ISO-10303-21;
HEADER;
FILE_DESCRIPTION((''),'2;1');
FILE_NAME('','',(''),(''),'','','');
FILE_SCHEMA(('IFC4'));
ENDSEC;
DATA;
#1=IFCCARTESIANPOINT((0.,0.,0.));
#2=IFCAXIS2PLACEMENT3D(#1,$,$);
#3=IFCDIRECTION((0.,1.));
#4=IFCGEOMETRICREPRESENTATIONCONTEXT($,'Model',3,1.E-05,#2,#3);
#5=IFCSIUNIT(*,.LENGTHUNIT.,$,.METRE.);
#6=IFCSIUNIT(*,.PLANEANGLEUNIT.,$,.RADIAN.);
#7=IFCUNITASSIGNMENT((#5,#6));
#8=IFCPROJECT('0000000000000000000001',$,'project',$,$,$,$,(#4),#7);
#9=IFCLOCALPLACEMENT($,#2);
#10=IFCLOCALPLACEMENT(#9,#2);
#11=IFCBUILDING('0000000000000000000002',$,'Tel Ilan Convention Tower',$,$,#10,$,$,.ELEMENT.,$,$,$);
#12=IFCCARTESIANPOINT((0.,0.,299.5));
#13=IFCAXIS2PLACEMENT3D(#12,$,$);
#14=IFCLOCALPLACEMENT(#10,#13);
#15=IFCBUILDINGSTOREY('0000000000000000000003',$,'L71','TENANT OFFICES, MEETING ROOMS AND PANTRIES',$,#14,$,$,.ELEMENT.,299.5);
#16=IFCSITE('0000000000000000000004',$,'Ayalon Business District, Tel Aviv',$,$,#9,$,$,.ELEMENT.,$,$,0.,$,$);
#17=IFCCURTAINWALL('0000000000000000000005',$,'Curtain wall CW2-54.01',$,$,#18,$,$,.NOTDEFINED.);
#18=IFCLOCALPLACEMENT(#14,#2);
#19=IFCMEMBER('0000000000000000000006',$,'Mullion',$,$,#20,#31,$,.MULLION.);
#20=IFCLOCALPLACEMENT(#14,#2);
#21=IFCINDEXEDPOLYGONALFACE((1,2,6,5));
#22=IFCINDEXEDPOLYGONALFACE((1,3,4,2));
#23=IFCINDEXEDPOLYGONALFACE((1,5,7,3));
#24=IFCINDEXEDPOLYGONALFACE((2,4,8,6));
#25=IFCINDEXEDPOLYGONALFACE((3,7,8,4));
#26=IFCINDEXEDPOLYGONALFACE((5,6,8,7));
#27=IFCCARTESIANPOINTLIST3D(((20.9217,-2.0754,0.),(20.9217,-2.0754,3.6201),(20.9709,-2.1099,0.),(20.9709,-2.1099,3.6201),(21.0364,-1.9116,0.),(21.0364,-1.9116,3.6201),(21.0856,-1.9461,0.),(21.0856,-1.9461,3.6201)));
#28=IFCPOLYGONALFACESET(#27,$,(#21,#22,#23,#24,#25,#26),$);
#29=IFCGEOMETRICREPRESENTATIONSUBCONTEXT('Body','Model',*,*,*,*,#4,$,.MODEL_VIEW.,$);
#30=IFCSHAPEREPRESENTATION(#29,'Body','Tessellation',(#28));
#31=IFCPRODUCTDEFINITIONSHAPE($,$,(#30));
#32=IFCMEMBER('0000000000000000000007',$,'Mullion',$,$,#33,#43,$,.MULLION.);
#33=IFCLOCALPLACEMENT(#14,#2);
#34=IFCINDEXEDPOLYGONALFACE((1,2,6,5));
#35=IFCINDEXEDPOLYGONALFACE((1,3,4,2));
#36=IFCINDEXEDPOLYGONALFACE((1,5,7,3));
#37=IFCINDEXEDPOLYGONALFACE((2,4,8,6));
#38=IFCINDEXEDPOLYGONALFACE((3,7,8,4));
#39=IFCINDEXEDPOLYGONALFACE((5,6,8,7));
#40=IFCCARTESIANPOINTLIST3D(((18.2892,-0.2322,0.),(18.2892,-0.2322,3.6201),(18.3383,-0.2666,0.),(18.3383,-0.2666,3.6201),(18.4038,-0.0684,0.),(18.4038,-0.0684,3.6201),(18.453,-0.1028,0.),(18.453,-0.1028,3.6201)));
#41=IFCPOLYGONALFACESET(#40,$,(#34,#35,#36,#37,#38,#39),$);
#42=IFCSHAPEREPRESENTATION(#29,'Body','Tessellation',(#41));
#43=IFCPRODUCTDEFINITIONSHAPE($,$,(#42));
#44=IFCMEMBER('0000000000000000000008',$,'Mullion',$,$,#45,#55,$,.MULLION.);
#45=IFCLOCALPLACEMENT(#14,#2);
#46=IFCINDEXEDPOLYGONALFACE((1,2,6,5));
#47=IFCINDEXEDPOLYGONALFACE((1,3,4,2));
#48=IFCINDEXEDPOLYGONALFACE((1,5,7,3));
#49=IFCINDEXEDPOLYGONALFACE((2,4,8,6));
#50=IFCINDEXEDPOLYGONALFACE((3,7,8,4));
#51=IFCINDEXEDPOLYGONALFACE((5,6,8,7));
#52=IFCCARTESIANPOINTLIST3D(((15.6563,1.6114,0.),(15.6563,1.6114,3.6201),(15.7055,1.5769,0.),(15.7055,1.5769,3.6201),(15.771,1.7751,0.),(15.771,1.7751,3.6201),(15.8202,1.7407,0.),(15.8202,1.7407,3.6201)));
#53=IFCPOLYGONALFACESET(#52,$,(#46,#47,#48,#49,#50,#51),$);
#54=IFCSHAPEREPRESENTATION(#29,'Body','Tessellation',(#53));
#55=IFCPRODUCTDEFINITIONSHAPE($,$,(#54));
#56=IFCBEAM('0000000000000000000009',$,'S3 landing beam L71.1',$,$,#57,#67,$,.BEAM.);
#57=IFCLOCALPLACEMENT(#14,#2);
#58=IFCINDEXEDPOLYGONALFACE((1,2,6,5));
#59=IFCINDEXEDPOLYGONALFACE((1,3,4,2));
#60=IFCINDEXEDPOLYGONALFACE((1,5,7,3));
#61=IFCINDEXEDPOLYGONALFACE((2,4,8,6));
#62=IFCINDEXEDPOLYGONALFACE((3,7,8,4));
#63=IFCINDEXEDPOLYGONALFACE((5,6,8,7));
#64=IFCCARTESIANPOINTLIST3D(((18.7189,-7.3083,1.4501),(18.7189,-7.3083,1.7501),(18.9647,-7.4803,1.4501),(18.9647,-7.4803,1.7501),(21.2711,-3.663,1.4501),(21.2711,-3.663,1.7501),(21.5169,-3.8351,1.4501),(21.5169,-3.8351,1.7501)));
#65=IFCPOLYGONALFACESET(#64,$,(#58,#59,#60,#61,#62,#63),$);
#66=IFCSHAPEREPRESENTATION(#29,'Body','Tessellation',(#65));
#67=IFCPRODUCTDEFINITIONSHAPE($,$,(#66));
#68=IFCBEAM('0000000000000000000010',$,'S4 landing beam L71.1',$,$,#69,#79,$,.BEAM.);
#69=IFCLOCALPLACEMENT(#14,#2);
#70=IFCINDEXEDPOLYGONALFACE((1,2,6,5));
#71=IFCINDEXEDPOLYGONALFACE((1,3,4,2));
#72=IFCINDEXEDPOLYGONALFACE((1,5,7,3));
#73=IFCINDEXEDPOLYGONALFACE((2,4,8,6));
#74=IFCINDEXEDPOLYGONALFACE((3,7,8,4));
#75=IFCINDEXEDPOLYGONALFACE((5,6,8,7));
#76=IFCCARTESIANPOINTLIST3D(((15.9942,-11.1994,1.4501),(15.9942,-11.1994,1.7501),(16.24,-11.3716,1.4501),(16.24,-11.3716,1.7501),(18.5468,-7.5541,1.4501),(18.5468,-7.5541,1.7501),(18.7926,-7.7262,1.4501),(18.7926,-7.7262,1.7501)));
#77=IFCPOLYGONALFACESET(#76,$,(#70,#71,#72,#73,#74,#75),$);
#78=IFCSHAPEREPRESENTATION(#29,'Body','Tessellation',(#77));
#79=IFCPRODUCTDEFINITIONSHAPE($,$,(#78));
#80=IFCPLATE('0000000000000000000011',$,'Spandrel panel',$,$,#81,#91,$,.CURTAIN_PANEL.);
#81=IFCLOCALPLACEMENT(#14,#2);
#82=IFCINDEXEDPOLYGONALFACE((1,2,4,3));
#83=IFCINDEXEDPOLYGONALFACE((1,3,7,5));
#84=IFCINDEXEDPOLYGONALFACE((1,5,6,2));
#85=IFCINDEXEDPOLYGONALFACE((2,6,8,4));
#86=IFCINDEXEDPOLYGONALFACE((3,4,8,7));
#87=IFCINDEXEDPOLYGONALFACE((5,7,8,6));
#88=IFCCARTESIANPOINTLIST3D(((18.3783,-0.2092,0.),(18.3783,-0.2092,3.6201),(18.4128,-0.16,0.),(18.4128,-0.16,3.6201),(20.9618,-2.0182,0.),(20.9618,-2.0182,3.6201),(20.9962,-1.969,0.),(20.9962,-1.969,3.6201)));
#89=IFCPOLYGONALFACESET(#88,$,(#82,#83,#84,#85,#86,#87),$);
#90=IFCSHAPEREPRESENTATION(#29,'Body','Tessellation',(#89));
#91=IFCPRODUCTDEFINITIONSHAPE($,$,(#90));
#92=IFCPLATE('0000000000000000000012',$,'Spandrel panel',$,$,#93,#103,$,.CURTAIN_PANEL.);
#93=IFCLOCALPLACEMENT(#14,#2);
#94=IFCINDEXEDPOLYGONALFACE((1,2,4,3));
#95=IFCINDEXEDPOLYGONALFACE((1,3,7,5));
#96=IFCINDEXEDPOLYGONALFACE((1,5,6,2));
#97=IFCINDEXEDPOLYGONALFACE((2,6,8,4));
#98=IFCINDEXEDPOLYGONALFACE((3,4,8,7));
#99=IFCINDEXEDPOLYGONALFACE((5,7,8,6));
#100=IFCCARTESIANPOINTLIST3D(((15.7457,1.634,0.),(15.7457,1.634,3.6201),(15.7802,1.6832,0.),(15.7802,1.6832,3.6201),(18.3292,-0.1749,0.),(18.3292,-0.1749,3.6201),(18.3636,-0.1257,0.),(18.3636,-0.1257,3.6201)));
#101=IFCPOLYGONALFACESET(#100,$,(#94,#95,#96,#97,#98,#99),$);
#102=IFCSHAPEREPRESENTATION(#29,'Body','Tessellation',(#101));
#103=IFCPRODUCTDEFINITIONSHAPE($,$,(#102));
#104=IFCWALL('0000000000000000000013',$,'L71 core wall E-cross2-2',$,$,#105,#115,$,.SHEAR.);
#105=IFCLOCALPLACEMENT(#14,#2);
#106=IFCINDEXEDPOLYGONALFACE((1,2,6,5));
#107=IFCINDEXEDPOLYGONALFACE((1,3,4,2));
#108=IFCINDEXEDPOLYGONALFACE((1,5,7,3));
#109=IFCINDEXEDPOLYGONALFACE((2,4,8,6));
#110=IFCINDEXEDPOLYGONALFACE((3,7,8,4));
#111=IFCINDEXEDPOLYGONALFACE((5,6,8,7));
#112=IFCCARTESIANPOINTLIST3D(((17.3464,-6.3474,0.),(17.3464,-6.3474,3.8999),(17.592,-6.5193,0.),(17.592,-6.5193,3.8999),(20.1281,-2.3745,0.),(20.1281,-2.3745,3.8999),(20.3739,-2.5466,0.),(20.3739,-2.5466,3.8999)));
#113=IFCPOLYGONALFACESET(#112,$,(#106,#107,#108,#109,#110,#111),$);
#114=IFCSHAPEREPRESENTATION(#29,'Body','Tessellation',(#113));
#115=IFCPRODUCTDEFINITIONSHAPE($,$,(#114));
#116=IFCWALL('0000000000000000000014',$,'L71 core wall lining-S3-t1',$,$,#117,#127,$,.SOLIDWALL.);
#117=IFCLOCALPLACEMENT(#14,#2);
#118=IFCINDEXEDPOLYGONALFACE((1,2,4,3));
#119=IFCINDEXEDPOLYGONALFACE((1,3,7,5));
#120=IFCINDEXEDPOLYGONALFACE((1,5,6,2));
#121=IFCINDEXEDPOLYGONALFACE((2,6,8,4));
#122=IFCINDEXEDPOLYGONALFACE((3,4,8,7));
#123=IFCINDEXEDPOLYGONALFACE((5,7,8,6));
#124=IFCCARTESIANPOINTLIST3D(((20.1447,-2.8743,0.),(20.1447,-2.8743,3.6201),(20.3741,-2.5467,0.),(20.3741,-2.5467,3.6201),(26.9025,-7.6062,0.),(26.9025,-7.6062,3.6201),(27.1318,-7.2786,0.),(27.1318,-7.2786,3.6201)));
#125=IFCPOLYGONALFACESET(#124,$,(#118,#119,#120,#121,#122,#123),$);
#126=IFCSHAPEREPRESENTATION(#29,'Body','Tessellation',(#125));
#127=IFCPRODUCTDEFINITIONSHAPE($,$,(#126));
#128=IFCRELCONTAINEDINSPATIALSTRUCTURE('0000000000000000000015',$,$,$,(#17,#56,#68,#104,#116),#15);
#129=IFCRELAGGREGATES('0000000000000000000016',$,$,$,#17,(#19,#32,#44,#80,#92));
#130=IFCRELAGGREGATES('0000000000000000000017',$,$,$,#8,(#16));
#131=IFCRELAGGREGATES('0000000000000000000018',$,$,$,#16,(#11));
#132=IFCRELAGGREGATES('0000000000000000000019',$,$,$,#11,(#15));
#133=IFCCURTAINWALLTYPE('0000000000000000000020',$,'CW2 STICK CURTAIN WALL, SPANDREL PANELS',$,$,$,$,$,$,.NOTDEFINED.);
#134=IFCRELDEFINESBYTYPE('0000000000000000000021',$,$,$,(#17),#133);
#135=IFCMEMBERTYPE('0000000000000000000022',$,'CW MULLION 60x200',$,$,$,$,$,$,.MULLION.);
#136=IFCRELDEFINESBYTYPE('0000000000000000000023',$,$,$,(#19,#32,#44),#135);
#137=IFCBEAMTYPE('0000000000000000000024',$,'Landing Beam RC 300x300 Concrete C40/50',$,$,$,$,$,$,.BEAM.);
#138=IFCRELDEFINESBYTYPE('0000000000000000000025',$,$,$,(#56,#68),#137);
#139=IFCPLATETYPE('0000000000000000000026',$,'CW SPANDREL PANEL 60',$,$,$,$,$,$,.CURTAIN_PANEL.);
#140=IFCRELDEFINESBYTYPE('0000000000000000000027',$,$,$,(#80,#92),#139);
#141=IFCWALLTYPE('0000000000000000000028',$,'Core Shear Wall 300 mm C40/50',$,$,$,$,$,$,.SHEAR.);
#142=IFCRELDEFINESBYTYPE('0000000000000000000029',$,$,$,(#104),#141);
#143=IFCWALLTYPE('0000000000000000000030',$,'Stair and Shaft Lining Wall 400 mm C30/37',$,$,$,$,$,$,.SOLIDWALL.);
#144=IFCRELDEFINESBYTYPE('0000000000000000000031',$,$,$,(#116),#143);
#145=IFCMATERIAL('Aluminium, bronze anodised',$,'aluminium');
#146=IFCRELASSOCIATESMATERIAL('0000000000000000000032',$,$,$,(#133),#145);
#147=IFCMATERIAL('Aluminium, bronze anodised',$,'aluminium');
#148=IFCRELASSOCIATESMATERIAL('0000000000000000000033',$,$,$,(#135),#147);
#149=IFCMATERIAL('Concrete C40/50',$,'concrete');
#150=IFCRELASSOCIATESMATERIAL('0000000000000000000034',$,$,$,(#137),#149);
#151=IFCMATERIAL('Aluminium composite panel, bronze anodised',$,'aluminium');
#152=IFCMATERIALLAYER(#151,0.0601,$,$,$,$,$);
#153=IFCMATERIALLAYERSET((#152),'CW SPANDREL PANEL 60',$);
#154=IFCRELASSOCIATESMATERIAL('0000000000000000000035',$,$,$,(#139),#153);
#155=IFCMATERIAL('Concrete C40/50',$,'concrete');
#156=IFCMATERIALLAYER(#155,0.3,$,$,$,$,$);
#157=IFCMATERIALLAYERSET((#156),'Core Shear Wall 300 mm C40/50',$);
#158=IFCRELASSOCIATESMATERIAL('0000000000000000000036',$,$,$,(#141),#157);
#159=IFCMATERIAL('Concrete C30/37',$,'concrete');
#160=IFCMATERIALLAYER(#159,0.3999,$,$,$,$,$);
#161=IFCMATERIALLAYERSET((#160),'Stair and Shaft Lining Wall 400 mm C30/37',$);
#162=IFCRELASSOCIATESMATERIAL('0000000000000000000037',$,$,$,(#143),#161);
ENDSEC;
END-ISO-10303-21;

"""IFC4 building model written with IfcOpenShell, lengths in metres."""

from ifc_helpers import new_model, si_unit, direction, frame, frame_2d, origin, origin_2d, place, context, subcontext, project, spatial, polyline, rectangle, outline, extrude, material, layer, layer_set, material_profile, profile_set, type_object, element, aggregate, save


model = new_model("IFC4")

# Units and contexts
model_context = context("Model", 3, precision=1e-05, world=origin(), true_north=direction((0.0, 1.0)))
body_context = subcontext(model_context, "Body", "Model", "MODEL_VIEW")
ifc_project = project(units=[si_unit("LENGTHUNIT", "METRE"), si_unit("PLANEANGLEUNIT", "RADIAN")], contexts=[model_context])

# Site, building, storey
site_placement = place(None, origin())
site = spatial("IfcSite", under=ifc_project, at=site_placement, Name="Ayalon Business District, Tel Aviv", CompositionType="ELEMENT", RefElevation=0.0)
building_placement = place(site_placement, origin())
building = spatial("IfcBuilding", under=site, at=building_placement, Name="Tel Ilan Convention Tower", CompositionType="ELEMENT")
storey_placement = place(building_placement, frame((0.0, 0.0, 299.5)))
storey = spatial("IfcBuildingStorey", under=building, at=storey_placement, Name="L71", Description="TENANT OFFICES, MEETING ROOMS AND PANTRIES", CompositionType="ELEMENT", Elevation=299.5)

# Curtain wall, members
ifc_material_1 = material(Name="Aluminium, bronze anodised", Category="aluminium")
curtain_wall_type = type_object("IfcCurtainWallType", Name="CW2 STICK CURTAIN WALL, SPANDREL PANELS", PredefinedType="NOTDEFINED", material=ifc_material_1)
curtain_wall_placement = place(storey_placement, origin())
curtain_wall = element("IfcCurtainWall", 1, at=curtain_wall_placement, inside=storey, type_object=curtain_wall_type, Name="Curtain wall CW2-54.01", PredefinedType="NOTDEFINED")
ifc_material_2 = material(Name="Aluminium, bronze anodised", Category="aluminium")
ifc_material_profile_1 = material_profile(ifc_material_2, rectangle(XDim=0.0601, YDim=0.2, at=origin_2d()), Name="CW MULLION 60x200")
ifc_profile_set_1 = profile_set([ifc_material_profile_1], Name="Aluminium, bronze anodised")
member_type = type_object("IfcMemberType", Name="CW MULLION 60x200", PredefinedType="MULLION", material=ifc_profile_set_1)
member_1_placement = place(storey_placement, frame((21.0037, -2.0107, 0.0), z_axis=(0.0, 0.0, 1.0), x_axis=(-0.819152, 0.573576, 0.0)))
member_1 = element("IfcMember", 2, at=member_1_placement, type_object=member_type, Name="Mullion", PredefinedType="MULLION", context=body_context, shape_type="SweptSolid", body=[
    extrude(rectangle(XDim=0.0601, YDim=0.2, at=origin_2d()), origin(), (0.0, 0.0, 1.0), 3.6201),
])
member_2_placement = place(storey_placement, frame((18.3711, -0.1675, 0.0), z_axis=(0.0, 0.0, 1.0), x_axis=(-0.819152, 0.573576, 0.0)))
member_2 = element("IfcMember", 3, at=member_2_placement, type_object=member_type, Name="Mullion", PredefinedType="MULLION", context=body_context, shape_type="SweptSolid", body=[
    extrude(rectangle(XDim=0.0601, YDim=0.2, at=origin_2d()), origin(), (0.0, 0.0, 1.0), 3.6201),
])
member_3_placement = place(storey_placement, frame((15.7383, 1.676, 0.0), z_axis=(0.0, 0.0, 1.0), x_axis=(-0.819152, 0.573576, 0.0)))
member_3 = element("IfcMember", 4, at=member_3_placement, type_object=member_type, Name="Mullion", PredefinedType="MULLION", context=body_context, shape_type="SweptSolid", body=[
    extrude(rectangle(XDim=0.0601, YDim=0.2, at=origin_2d()), origin(), (0.0, 0.0, 1.0), 3.6201),
])

# Beams
ifc_material_3 = material(Name="Concrete C40/50", Category="concrete")
ifc_material_profile_2 = material_profile(ifc_material_3, rectangle(XDim=0.3, YDim=0.3, at=origin_2d()), Name="RC 300x300")
ifc_profile_set_2 = profile_set([ifc_material_profile_2], Name="Concrete C40/50")
beam_type = type_object("IfcBeamType", Name="Landing Beam RC 300x300 Concrete C40/50", PredefinedType="BEAM", material=ifc_profile_set_2)
beam_1_placement = place(storey_placement, frame((21.394, -3.749, 1.6001), z_axis=(-0.573547, -0.819173, 0.0), x_axis=(0.819173, -0.573547, 0.0)))
element("IfcBeam", 5, at=beam_1_placement, inside=storey, type_object=beam_type, Name="S3 landing beam L71.1", PredefinedType="BEAM", context=body_context, shape_type="SweptSolid", body=[
    extrude(rectangle(XDim=0.3, YDim=0.3, at=origin_2d()), origin(), (0.0, 0.0, 1.0), 4.45),
])
beam_2_placement = place(storey_placement, frame((18.6697, -7.6401, 1.6001), z_axis=(-0.573584, -0.819147, 0.0), x_axis=(0.819147, -0.573584, 0.0)))
element("IfcBeam", 6, at=beam_2_placement, inside=storey, type_object=beam_type, Name="S4 landing beam L71.1", PredefinedType="BEAM", context=body_context, shape_type="SweptSolid", body=[
    extrude(rectangle(XDim=0.3, YDim=0.3, at=origin_2d()), origin(), (0.0, 0.0, 1.0), 4.4502),
])

# Plates
ifc_material_4 = material(Name="Aluminium composite panel, bronze anodised", Category="aluminium")
ifc_layer_1 = layer(ifc_material_4, 0.0601)
ifc_layer_set_1 = layer_set([ifc_layer_1], Name="CW SPANDREL PANEL 60")
plate_type = type_object("IfcPlateType", Name="CW SPANDREL PANEL 60", PredefinedType="CURTAIN_PANEL", material=ifc_layer_set_1)
plate_1_placement = place(storey_placement, frame((19.6873, -1.0891, 0.0), z_axis=(0.0, 0.0, 1.0), x_axis=(-0.819152, 0.573576, 0.0)))
plate_1 = element("IfcPlate", 7, at=plate_1_placement, type_object=plate_type, Name="Spandrel panel", PredefinedType="CURTAIN_PANEL", context=body_context, shape_type="SweptSolid", body=[
    extrude(rectangle(XDim=3.1538, YDim=0.0601, at=origin_2d()), origin(), (0.0, 0.0, 1.0), 3.6201),
])
plate_2_placement = place(storey_placement, frame((17.0547, 0.7542, 0.0), z_axis=(0.0, 0.0, 1.0), x_axis=(-0.819152, 0.573576, 0.0)))
plate_2 = element("IfcPlate", 8, at=plate_2_placement, type_object=plate_type, Name="Spandrel panel", PredefinedType="CURTAIN_PANEL", context=body_context, shape_type="SweptSolid", body=[
    extrude(rectangle(XDim=3.1538, YDim=0.0601, at=origin_2d()), origin(), (0.0, 0.0, 1.0), 3.6201),
])
aggregate(curtain_wall, [member_1, member_2, member_3, plate_1, plate_2])

# Walls
ifc_material_5 = material(Name="Concrete C40/50", Category="concrete")
ifc_layer_2 = layer(ifc_material_5, 0.3)
ifc_layer_set_2 = layer_set([ifc_layer_2], Name="Core Shear Wall 300 mm C40/50")
wall_type_1 = type_object("IfcWallType", Name="Core Shear Wall 300 mm C40/50", PredefinedType="SHEAR", material=ifc_layer_set_2)
wall_1_placement = place(storey_placement, frame((17.4692, -6.4333, 0.0), z_axis=(0.0, 0.0, 1.0), x_axis=(0.573594, 0.81914, 0.0)))
element("IfcWall", 9, at=wall_1_placement, inside=storey, type_object=wall_type_1, Name="L71 core wall E-cross2-2", PredefinedType="SHEAR", context=body_context, shape_type="SweptSolid", body=[
    extrude(outline(polyline([(4.8499, -0.1499), (4.8499, 0.1501), (0.0, 0.1499), (0.0, -0.1499), (4.8499, -0.1499)])), origin(), (0.0, 0.0, 1.0), 3.8999),
])
ifc_material_6 = material(Name="Concrete C30/37", Category="concrete")
ifc_layer_3 = layer(ifc_material_6, 0.3999)
ifc_layer_set_3 = layer_set([ifc_layer_3], Name="Stair and Shaft Lining Wall 400 mm C30/37")
wall_type_2 = type_object("IfcWallType", Name="Stair and Shaft Lining Wall 400 mm C30/37", PredefinedType="SOLIDWALL", material=ifc_layer_set_3)
wall_2_placement = place(storey_placement, frame((20.2593, -2.7104, 0.0), z_axis=(0.0, 0.0, 1.0), x_axis=(0.819148, -0.573582, 0.0)))
element("IfcWall", 10, at=wall_2_placement, inside=storey, type_object=wall_type_2, Name="L71 core wall lining-S3-t1", PredefinedType="SOLIDWALL", context=body_context, shape_type="SweptSolid", body=[
    extrude(rectangle(XDim=8.2498, YDim=0.3999, at=frame_2d((4.125, 0.0))), origin(), (0.0, 0.0, 1.0), 3.6201),
])

save(model, "model.ifc")
